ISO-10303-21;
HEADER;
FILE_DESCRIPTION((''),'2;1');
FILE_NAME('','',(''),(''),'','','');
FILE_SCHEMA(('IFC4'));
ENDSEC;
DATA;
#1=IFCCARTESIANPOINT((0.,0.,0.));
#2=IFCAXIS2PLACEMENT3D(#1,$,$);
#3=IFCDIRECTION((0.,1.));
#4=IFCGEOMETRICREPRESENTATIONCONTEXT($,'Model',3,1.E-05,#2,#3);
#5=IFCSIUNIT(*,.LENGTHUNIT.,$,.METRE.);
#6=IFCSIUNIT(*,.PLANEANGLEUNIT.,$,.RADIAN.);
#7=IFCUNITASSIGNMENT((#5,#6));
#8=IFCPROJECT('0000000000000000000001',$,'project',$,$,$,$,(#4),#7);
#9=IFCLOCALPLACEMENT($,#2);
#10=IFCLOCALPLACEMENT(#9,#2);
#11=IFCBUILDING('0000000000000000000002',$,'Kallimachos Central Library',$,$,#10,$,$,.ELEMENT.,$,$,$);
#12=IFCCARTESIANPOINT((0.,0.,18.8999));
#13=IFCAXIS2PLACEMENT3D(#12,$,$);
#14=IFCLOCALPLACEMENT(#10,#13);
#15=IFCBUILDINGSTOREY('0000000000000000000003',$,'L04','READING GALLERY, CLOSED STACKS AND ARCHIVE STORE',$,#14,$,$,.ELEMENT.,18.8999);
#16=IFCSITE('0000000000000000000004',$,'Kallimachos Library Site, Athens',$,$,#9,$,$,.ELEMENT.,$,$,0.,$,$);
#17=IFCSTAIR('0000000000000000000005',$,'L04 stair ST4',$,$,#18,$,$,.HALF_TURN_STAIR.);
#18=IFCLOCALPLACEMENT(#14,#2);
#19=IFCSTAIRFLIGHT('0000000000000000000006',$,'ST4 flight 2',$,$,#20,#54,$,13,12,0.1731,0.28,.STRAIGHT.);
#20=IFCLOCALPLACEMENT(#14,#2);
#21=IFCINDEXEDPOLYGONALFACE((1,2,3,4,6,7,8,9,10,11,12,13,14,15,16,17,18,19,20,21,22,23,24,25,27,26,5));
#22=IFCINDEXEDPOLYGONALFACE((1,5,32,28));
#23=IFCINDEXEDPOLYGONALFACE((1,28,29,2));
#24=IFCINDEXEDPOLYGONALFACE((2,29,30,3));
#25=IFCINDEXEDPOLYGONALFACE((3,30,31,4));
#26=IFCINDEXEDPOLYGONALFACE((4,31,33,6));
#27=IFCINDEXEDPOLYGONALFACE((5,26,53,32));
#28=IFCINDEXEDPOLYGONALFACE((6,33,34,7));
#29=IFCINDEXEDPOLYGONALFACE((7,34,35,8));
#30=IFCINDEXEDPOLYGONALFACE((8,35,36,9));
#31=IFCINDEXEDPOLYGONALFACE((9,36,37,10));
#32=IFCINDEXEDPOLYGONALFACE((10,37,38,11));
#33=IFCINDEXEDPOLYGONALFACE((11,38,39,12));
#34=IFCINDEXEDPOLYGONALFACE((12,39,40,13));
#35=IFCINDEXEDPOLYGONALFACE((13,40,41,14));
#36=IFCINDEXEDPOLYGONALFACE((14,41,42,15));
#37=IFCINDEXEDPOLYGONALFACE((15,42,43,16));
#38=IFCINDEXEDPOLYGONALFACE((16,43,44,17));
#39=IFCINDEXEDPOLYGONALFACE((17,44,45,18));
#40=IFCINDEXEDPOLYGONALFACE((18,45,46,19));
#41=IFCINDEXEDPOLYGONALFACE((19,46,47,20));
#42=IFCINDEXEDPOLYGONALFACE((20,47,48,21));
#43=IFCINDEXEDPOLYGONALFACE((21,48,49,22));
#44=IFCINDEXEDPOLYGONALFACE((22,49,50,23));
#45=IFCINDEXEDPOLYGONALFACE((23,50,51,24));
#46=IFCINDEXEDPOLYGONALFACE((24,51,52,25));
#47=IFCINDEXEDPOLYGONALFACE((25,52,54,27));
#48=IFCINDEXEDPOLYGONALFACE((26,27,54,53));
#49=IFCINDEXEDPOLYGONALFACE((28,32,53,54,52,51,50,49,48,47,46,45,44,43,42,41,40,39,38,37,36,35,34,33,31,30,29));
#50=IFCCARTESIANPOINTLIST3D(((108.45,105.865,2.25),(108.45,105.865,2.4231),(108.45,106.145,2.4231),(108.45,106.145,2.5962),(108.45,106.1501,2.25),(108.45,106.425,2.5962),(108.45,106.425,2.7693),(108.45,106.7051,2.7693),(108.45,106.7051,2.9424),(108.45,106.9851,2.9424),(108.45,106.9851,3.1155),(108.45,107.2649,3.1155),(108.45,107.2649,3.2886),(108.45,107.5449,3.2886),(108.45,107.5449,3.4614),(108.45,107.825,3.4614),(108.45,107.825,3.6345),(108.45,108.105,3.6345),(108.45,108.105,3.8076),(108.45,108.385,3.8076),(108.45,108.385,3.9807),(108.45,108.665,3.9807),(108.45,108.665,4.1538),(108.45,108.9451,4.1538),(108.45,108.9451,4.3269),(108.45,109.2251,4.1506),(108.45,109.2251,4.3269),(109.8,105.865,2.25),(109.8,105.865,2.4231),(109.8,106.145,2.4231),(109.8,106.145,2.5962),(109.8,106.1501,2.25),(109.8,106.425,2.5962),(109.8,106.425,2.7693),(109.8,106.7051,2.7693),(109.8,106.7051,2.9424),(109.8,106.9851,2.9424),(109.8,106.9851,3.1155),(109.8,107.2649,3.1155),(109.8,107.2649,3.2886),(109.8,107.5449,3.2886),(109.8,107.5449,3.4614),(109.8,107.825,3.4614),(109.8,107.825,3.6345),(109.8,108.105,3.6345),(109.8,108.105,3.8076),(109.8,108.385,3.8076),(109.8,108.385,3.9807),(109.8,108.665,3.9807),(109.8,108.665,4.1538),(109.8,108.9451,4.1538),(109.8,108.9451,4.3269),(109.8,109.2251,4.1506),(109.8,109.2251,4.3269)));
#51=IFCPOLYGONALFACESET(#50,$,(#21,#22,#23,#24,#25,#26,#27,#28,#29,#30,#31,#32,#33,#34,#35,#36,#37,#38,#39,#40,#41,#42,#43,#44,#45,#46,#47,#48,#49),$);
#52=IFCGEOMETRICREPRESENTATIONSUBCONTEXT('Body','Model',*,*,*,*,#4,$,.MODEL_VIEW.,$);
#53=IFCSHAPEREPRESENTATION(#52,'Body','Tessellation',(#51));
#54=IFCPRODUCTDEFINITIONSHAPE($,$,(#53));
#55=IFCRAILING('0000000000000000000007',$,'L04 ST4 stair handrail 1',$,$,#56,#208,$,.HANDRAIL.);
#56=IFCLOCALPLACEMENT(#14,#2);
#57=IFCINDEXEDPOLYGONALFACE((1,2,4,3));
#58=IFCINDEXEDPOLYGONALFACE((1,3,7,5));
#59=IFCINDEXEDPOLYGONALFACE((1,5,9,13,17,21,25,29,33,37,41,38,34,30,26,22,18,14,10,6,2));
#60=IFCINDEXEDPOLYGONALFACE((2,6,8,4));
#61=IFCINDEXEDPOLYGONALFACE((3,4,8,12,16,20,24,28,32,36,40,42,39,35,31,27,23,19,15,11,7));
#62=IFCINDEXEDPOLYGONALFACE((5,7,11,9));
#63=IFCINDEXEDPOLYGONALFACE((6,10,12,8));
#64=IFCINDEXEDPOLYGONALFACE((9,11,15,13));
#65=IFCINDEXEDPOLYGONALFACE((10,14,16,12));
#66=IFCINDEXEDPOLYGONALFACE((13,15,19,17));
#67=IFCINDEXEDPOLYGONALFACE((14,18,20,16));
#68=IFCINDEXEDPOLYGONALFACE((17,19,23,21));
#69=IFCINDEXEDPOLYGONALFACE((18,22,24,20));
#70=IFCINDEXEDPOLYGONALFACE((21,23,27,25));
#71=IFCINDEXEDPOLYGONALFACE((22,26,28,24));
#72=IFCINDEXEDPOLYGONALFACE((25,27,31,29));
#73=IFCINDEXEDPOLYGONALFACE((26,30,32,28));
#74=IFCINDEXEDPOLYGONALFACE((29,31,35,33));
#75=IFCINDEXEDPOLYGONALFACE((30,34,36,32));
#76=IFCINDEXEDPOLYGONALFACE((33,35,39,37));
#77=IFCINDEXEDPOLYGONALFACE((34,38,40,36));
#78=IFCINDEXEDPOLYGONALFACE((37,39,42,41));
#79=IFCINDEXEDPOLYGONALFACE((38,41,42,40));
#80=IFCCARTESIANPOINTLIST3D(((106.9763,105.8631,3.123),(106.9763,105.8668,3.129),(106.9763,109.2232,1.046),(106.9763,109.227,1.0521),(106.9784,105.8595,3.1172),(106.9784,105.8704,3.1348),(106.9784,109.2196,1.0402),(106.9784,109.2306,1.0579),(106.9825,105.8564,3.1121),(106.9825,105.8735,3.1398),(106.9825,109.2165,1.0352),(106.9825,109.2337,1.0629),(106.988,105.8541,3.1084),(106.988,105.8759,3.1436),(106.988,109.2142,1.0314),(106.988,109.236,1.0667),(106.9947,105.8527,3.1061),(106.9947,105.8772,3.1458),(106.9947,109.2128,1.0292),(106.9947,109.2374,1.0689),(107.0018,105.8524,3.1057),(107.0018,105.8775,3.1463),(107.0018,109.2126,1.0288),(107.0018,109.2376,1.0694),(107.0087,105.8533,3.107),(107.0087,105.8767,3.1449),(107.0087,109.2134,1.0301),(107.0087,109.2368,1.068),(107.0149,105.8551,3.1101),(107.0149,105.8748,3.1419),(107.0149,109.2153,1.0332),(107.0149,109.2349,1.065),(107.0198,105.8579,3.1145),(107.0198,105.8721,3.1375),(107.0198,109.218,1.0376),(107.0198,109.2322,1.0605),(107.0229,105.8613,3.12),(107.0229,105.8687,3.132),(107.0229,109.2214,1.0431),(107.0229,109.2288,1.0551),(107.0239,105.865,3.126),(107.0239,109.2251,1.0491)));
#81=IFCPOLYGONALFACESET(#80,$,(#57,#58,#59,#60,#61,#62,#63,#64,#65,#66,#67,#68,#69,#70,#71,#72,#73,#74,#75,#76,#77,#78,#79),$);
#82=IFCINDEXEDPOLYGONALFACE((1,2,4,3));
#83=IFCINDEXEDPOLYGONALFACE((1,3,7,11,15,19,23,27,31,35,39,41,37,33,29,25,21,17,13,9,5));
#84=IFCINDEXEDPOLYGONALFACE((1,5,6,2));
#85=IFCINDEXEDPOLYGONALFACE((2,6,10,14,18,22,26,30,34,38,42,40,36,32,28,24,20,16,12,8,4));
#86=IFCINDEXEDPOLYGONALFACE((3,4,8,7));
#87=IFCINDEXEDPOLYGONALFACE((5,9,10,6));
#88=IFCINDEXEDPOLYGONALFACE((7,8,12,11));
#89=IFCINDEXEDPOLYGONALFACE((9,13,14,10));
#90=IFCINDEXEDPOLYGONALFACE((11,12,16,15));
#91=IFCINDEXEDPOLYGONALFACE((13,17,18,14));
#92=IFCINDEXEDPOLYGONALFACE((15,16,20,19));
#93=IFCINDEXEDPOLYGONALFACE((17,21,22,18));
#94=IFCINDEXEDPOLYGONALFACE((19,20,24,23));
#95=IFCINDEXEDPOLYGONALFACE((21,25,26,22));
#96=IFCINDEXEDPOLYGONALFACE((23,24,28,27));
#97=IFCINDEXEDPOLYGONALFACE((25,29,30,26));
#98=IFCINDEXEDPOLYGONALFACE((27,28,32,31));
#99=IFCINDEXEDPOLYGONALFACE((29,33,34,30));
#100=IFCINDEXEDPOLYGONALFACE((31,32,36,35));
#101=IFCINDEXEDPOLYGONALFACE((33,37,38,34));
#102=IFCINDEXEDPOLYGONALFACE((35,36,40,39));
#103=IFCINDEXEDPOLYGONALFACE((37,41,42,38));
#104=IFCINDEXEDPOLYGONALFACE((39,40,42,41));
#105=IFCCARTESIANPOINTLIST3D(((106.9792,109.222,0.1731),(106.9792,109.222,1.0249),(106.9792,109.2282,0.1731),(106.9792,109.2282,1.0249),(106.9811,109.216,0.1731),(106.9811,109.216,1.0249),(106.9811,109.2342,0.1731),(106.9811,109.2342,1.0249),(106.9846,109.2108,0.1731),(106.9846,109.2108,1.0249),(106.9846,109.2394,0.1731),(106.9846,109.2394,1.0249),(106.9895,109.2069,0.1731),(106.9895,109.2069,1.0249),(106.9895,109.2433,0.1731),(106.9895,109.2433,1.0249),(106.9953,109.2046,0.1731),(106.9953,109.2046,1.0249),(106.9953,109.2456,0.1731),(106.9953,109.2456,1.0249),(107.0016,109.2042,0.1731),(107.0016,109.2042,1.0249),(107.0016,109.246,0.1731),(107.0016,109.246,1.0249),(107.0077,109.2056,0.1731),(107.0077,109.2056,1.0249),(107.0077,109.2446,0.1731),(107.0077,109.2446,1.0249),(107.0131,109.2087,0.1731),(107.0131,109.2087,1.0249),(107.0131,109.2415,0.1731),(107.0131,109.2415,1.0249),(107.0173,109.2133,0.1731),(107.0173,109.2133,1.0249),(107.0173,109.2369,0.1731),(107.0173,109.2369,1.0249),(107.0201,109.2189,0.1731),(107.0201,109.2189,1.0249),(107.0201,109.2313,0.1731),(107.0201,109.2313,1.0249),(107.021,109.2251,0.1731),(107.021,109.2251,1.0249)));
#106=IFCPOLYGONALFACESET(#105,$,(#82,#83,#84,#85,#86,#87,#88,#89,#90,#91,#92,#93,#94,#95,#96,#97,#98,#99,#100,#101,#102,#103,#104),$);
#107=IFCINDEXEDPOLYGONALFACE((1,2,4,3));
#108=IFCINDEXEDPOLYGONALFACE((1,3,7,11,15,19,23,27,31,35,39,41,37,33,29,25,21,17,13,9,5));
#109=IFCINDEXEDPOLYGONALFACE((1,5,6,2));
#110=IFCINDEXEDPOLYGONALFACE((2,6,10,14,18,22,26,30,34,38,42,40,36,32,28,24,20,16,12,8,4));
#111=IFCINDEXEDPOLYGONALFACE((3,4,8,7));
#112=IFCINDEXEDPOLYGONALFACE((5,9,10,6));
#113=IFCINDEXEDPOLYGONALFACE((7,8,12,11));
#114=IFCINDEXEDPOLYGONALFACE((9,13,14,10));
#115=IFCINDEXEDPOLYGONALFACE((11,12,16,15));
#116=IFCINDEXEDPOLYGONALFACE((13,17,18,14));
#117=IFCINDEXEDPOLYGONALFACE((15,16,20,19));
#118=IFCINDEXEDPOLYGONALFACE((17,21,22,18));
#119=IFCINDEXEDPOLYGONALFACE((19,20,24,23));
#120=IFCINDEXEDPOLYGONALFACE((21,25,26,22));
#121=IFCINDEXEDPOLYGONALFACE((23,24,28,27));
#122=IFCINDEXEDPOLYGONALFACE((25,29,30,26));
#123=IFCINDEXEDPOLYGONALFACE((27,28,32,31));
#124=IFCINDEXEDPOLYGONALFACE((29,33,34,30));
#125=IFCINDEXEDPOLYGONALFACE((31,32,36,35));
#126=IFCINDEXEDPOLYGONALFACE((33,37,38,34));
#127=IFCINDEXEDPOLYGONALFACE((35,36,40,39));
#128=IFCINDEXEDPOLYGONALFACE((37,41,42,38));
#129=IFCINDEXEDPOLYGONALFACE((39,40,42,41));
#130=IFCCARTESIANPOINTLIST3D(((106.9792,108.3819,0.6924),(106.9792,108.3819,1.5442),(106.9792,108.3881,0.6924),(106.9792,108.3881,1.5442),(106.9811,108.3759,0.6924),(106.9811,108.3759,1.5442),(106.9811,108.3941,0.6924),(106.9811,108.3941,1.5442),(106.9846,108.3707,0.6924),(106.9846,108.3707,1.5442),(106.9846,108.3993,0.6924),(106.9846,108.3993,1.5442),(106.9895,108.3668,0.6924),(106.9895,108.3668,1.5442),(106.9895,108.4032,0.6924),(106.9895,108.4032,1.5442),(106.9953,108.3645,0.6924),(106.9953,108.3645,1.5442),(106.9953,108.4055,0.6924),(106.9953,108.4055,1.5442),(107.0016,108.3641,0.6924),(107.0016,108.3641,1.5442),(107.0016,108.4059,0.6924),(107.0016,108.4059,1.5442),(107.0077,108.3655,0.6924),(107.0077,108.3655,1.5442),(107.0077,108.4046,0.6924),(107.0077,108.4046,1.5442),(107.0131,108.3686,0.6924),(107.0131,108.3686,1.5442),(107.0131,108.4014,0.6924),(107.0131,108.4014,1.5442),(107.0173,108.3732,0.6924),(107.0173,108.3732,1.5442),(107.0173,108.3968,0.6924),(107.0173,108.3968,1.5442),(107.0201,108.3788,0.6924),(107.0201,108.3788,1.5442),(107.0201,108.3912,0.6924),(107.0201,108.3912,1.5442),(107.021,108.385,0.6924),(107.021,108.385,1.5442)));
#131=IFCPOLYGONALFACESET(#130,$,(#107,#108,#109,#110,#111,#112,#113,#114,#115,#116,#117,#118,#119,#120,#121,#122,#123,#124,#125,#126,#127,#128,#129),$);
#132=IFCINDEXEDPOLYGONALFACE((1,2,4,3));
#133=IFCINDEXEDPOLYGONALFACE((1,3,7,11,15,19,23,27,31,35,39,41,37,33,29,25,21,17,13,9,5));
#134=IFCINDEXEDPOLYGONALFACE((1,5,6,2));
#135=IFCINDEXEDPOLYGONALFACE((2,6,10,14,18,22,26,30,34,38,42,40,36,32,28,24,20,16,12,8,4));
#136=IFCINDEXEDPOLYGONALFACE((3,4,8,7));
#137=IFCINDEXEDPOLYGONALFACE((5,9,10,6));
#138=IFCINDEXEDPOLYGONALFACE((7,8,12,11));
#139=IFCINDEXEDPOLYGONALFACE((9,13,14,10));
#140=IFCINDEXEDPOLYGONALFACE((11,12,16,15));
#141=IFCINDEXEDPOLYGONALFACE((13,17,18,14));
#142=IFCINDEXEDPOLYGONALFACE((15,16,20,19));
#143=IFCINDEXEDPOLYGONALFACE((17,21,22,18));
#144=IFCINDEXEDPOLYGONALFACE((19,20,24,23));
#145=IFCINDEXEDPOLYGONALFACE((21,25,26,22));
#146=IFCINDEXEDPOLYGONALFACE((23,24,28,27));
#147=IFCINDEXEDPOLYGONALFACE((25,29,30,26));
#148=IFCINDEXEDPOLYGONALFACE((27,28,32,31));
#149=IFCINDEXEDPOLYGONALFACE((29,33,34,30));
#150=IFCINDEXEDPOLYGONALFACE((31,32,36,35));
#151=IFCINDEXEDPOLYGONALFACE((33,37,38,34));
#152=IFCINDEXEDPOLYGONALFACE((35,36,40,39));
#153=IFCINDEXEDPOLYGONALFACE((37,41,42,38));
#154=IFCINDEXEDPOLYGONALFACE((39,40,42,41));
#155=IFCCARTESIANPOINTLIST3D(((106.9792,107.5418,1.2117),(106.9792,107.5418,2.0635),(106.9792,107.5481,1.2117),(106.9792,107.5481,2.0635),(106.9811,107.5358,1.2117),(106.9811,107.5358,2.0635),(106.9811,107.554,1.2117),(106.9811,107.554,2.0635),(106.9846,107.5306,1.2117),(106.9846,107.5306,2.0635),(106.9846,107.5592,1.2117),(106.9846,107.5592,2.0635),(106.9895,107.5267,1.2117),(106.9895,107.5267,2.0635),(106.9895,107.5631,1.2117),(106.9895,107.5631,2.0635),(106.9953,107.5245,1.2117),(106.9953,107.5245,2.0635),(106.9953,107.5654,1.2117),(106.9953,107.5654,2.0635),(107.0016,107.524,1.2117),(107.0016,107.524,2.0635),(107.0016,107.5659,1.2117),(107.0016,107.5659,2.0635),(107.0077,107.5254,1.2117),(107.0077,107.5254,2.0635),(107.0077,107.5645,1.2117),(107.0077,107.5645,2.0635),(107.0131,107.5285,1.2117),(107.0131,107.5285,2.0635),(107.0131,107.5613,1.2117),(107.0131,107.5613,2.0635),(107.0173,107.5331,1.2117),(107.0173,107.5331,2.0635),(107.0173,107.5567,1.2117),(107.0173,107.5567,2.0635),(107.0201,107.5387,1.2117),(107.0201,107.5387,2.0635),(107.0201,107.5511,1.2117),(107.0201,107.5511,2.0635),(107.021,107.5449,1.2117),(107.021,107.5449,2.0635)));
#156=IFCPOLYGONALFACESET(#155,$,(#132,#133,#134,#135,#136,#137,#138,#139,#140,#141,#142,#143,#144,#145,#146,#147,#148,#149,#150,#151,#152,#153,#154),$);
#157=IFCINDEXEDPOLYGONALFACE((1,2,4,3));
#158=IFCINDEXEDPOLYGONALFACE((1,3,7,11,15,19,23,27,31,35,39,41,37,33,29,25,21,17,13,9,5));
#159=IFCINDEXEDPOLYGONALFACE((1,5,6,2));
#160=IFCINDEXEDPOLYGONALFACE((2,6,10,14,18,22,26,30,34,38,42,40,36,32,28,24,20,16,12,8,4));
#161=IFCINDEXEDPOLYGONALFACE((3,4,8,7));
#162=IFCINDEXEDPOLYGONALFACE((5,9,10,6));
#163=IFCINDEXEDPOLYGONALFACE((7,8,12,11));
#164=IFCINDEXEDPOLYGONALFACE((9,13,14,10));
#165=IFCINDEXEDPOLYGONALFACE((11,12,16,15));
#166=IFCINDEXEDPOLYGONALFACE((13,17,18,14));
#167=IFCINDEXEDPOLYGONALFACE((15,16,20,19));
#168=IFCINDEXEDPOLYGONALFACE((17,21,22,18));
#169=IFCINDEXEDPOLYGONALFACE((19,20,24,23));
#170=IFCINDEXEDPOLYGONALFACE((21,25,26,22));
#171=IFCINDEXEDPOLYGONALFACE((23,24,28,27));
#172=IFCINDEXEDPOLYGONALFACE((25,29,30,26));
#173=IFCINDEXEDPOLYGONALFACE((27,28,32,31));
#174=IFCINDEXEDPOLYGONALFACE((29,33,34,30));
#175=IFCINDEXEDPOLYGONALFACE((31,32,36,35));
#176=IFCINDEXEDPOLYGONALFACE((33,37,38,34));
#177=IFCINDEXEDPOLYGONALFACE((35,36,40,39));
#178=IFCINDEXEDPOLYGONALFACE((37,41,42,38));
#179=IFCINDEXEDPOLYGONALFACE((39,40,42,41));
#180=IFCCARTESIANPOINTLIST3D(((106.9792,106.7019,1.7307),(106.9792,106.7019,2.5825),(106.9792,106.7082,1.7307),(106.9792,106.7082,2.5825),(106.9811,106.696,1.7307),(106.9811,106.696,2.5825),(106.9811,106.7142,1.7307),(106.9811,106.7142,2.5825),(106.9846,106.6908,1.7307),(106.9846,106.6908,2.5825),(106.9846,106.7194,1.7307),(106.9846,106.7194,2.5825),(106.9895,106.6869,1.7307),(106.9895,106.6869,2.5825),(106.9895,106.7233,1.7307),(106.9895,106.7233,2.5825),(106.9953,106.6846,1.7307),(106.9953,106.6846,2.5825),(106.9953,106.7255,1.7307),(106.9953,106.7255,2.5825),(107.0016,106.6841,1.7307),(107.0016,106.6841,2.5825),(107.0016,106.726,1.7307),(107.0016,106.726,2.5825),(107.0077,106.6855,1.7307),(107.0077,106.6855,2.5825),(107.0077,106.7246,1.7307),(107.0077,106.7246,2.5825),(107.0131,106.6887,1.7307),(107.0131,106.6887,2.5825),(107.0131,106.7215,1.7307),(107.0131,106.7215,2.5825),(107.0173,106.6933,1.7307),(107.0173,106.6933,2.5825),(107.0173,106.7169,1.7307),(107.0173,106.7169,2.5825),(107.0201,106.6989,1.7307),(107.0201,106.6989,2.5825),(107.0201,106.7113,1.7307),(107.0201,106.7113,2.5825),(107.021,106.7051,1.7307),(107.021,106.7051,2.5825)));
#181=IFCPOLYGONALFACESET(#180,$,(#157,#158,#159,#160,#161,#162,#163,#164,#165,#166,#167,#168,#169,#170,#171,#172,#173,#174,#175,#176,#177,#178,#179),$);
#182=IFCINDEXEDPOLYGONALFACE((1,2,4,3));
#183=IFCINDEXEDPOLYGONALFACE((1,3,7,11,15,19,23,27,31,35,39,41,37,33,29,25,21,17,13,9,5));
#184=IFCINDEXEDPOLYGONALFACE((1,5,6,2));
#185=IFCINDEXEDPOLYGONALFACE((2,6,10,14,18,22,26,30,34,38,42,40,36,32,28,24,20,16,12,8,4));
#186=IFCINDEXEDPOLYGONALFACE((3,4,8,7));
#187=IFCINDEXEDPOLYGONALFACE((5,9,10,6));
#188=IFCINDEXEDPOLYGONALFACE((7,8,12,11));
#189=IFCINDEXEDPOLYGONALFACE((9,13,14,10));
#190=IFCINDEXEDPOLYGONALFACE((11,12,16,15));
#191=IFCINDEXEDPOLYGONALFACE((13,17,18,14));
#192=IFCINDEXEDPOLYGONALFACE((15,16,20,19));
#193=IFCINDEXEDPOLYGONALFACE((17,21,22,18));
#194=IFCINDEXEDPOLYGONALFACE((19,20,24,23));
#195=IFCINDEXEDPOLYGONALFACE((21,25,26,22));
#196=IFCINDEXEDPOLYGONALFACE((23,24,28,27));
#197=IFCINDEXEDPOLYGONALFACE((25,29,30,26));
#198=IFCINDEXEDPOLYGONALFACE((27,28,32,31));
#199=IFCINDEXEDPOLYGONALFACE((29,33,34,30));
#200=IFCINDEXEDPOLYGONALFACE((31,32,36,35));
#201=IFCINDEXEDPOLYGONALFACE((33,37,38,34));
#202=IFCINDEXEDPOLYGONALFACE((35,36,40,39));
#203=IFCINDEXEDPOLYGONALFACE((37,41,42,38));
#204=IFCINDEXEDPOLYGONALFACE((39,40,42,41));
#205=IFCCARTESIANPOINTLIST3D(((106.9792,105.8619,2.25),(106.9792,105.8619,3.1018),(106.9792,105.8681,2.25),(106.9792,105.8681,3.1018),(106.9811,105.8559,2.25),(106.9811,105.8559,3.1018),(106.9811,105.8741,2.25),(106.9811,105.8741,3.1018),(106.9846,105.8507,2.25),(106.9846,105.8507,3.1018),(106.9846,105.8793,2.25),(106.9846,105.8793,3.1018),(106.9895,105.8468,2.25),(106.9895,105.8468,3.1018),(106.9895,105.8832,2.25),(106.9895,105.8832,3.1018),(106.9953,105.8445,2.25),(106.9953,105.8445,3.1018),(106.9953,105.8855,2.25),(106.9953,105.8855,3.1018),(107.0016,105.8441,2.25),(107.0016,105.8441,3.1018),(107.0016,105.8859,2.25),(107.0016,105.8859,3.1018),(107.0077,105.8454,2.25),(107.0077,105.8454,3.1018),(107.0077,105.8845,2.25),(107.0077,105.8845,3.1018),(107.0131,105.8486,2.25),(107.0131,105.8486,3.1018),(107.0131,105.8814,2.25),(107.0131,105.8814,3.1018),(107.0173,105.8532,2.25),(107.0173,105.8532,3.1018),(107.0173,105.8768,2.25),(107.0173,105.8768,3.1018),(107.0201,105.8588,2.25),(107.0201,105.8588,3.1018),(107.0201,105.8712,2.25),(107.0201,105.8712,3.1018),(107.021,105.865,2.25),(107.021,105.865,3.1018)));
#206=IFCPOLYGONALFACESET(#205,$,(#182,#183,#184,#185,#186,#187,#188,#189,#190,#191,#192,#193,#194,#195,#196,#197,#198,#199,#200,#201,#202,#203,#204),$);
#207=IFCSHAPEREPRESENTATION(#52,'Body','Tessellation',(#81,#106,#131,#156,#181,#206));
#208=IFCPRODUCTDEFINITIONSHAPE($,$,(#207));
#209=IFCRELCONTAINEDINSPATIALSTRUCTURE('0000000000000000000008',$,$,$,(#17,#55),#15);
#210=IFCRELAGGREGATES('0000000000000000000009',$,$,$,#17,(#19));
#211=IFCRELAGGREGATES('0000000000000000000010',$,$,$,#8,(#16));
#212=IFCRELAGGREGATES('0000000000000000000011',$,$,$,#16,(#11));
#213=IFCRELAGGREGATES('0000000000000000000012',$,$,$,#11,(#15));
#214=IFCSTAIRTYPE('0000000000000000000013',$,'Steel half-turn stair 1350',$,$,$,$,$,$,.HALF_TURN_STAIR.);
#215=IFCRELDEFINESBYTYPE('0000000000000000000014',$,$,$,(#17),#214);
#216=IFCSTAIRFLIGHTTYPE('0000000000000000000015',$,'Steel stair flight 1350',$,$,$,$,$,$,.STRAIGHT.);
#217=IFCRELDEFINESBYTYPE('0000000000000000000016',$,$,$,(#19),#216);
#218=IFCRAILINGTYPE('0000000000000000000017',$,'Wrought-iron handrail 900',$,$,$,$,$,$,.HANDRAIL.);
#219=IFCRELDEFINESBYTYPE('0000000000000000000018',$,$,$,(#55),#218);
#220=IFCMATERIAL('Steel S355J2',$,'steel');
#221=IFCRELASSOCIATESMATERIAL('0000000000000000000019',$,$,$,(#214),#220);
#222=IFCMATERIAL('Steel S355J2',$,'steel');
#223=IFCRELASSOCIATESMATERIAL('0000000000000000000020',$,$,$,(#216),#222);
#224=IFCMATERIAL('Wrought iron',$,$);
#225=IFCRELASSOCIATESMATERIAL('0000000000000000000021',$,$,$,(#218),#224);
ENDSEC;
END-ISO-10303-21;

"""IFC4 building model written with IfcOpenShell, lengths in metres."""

from ifc_helpers import new_model, si_unit, direction, frame, origin, origin_2d, place, context, subcontext, project, spatial, polyline, circle, outline, extrude, material, type_object, element, aggregate, save


model = new_model("IFC4")

# Units and contexts
model_context = context("Model", 3, precision=1e-05, world=origin(), true_north=direction((0.0, 1.0)))
body_context = subcontext(model_context, "Body", "Model", "MODEL_VIEW")
ifc_project = project(units=[si_unit("LENGTHUNIT", "METRE"), si_unit("PLANEANGLEUNIT", "RADIAN")], contexts=[model_context])

# Site, building, storey
site_placement = place(None, origin())
site = spatial("IfcSite", under=ifc_project, at=site_placement, Name="Kallimachos Library Site, Athens", CompositionType="ELEMENT", RefElevation=0.0)
building_placement = place(site_placement, origin())
building = spatial("IfcBuilding", under=site, at=building_placement, Name="Kallimachos Central Library", CompositionType="ELEMENT")
storey_placement = place(building_placement, frame((0.0, 0.0, 18.8999)))
storey = spatial("IfcBuildingStorey", under=building, at=storey_placement, Name="L04", Description="READING GALLERY, CLOSED STACKS AND ARCHIVE STORE", CompositionType="ELEMENT", Elevation=18.8999)

# Stair, stair flight
ifc_material_1 = material(Name="Steel S355J2", Category="steel")
stair_type = type_object("IfcStairType", Name="Steel half-turn stair 1350", PredefinedType="HALF_TURN_STAIR", material=ifc_material_1)
stair_placement = place(storey_placement, origin())
stair = element("IfcStair", 1, at=stair_placement, inside=storey, type_object=stair_type, Name="L04 stair ST4", PredefinedType="HALF_TURN_STAIR")
ifc_material_2 = material(Name="Steel S355J2", Category="steel")
stair_flight_type = type_object("IfcStairFlightType", Name="Steel stair flight 1350", PredefinedType="STRAIGHT", material=ifc_material_2)
stair_flight_1_placement = place(storey_placement, frame((109.125, 105.865, 2.25), z_axis=(0.0, 0.0, 1.0), x_axis=(0.0, 1.0, 0.0)))
stair_flight_1 = element("IfcStairFlight", 2, at=stair_flight_1_placement, type_object=stair_flight_type, Name="ST4 flight 2", NumberOfRisers=13, NumberOfTreads=12, PredefinedType="STRAIGHT", RiserHeight=0.1731, TreadLength=0.28, context=body_context, shape_type="SweptSolid", body=[
    extrude(outline(polyline([(0.0, 0.0), (0.0, 0.1731), (0.28, 0.1731), (0.28, 0.3462), (0.5601, 0.3462), (0.5601, 0.5193), (0.8401, 0.5193), (0.8401, 0.6924), (1.1201, 0.6924), (1.1201, 0.8655), (1.3999, 0.8655), (1.3999, 1.0386), (1.6799, 1.0386), (1.6799, 1.2114), (1.96, 1.2114), (1.96, 1.3845), (2.24, 1.3845), (2.24, 1.5576), (2.52, 1.5576), (2.52, 1.7307), (2.8, 1.7307), (2.8, 1.9038), (3.0801, 1.9038), (3.0801, 2.0769), (3.3601, 2.0769), (3.3601, 2.25), (3.3601, 1.9006), (0.2852, 0.0), (0.0, 0.0)])), frame((0.0, 0.675, 0.0), z_axis=(0.0, -1.0, 0.0), x_axis=(1.0, 0.0, 0.0)), (0.0, 0.0, 1.0), 1.3501),
])
aggregate(stair, [stair_flight_1])

# Railing
ifc_material_3 = material(Name="Wrought iron")
railing_type_1 = type_object("IfcRailingType", Name="Wrought-iron handrail 900", PredefinedType="HANDRAIL", material=ifc_material_3)
railing_1_placement = place(storey_placement, frame((107.0, 109.2251, 0.1731)))
element("IfcRailing", 3, at=railing_1_placement, inside=storey, type_object=railing_type_1, Name="L04 ST4 stair handrail 1", PredefinedType="HANDRAIL", context=body_context, shape_type="SweptSolid", body=[
    extrude(circle(Radius=0.0239, at=origin_2d()), frame((0.0, 0.0, 0.876), z_axis=(0.0, -0.850623, 0.525776), x_axis=(1.0, 0.0, 0.0)), (0.0, 0.0, 1.0), 3.9502),
    extrude(circle(Radius=0.021, at=origin_2d()), origin(), (0.0, 0.0, 1.0), 0.8518),
    extrude(circle(Radius=0.021, at=origin_2d()), frame((0.0, -0.8401, 0.5193)), (0.0, 0.0, 1.0), 0.8518),
    extrude(circle(Radius=0.021, at=origin_2d()), frame((0.0, -1.6802, 1.0386)), (0.0, 0.0, 1.0), 0.8518),
    extrude(circle(Radius=0.021, at=origin_2d()), frame((0.0, -2.52, 1.5576)), (0.0, 0.0, 1.0), 0.8518),
    extrude(circle(Radius=0.021, at=origin_2d()), frame((0.0, -3.3601, 2.0769)), (0.0, 0.0, 1.0), 0.8518),
])

save(model, "model.ifc")
